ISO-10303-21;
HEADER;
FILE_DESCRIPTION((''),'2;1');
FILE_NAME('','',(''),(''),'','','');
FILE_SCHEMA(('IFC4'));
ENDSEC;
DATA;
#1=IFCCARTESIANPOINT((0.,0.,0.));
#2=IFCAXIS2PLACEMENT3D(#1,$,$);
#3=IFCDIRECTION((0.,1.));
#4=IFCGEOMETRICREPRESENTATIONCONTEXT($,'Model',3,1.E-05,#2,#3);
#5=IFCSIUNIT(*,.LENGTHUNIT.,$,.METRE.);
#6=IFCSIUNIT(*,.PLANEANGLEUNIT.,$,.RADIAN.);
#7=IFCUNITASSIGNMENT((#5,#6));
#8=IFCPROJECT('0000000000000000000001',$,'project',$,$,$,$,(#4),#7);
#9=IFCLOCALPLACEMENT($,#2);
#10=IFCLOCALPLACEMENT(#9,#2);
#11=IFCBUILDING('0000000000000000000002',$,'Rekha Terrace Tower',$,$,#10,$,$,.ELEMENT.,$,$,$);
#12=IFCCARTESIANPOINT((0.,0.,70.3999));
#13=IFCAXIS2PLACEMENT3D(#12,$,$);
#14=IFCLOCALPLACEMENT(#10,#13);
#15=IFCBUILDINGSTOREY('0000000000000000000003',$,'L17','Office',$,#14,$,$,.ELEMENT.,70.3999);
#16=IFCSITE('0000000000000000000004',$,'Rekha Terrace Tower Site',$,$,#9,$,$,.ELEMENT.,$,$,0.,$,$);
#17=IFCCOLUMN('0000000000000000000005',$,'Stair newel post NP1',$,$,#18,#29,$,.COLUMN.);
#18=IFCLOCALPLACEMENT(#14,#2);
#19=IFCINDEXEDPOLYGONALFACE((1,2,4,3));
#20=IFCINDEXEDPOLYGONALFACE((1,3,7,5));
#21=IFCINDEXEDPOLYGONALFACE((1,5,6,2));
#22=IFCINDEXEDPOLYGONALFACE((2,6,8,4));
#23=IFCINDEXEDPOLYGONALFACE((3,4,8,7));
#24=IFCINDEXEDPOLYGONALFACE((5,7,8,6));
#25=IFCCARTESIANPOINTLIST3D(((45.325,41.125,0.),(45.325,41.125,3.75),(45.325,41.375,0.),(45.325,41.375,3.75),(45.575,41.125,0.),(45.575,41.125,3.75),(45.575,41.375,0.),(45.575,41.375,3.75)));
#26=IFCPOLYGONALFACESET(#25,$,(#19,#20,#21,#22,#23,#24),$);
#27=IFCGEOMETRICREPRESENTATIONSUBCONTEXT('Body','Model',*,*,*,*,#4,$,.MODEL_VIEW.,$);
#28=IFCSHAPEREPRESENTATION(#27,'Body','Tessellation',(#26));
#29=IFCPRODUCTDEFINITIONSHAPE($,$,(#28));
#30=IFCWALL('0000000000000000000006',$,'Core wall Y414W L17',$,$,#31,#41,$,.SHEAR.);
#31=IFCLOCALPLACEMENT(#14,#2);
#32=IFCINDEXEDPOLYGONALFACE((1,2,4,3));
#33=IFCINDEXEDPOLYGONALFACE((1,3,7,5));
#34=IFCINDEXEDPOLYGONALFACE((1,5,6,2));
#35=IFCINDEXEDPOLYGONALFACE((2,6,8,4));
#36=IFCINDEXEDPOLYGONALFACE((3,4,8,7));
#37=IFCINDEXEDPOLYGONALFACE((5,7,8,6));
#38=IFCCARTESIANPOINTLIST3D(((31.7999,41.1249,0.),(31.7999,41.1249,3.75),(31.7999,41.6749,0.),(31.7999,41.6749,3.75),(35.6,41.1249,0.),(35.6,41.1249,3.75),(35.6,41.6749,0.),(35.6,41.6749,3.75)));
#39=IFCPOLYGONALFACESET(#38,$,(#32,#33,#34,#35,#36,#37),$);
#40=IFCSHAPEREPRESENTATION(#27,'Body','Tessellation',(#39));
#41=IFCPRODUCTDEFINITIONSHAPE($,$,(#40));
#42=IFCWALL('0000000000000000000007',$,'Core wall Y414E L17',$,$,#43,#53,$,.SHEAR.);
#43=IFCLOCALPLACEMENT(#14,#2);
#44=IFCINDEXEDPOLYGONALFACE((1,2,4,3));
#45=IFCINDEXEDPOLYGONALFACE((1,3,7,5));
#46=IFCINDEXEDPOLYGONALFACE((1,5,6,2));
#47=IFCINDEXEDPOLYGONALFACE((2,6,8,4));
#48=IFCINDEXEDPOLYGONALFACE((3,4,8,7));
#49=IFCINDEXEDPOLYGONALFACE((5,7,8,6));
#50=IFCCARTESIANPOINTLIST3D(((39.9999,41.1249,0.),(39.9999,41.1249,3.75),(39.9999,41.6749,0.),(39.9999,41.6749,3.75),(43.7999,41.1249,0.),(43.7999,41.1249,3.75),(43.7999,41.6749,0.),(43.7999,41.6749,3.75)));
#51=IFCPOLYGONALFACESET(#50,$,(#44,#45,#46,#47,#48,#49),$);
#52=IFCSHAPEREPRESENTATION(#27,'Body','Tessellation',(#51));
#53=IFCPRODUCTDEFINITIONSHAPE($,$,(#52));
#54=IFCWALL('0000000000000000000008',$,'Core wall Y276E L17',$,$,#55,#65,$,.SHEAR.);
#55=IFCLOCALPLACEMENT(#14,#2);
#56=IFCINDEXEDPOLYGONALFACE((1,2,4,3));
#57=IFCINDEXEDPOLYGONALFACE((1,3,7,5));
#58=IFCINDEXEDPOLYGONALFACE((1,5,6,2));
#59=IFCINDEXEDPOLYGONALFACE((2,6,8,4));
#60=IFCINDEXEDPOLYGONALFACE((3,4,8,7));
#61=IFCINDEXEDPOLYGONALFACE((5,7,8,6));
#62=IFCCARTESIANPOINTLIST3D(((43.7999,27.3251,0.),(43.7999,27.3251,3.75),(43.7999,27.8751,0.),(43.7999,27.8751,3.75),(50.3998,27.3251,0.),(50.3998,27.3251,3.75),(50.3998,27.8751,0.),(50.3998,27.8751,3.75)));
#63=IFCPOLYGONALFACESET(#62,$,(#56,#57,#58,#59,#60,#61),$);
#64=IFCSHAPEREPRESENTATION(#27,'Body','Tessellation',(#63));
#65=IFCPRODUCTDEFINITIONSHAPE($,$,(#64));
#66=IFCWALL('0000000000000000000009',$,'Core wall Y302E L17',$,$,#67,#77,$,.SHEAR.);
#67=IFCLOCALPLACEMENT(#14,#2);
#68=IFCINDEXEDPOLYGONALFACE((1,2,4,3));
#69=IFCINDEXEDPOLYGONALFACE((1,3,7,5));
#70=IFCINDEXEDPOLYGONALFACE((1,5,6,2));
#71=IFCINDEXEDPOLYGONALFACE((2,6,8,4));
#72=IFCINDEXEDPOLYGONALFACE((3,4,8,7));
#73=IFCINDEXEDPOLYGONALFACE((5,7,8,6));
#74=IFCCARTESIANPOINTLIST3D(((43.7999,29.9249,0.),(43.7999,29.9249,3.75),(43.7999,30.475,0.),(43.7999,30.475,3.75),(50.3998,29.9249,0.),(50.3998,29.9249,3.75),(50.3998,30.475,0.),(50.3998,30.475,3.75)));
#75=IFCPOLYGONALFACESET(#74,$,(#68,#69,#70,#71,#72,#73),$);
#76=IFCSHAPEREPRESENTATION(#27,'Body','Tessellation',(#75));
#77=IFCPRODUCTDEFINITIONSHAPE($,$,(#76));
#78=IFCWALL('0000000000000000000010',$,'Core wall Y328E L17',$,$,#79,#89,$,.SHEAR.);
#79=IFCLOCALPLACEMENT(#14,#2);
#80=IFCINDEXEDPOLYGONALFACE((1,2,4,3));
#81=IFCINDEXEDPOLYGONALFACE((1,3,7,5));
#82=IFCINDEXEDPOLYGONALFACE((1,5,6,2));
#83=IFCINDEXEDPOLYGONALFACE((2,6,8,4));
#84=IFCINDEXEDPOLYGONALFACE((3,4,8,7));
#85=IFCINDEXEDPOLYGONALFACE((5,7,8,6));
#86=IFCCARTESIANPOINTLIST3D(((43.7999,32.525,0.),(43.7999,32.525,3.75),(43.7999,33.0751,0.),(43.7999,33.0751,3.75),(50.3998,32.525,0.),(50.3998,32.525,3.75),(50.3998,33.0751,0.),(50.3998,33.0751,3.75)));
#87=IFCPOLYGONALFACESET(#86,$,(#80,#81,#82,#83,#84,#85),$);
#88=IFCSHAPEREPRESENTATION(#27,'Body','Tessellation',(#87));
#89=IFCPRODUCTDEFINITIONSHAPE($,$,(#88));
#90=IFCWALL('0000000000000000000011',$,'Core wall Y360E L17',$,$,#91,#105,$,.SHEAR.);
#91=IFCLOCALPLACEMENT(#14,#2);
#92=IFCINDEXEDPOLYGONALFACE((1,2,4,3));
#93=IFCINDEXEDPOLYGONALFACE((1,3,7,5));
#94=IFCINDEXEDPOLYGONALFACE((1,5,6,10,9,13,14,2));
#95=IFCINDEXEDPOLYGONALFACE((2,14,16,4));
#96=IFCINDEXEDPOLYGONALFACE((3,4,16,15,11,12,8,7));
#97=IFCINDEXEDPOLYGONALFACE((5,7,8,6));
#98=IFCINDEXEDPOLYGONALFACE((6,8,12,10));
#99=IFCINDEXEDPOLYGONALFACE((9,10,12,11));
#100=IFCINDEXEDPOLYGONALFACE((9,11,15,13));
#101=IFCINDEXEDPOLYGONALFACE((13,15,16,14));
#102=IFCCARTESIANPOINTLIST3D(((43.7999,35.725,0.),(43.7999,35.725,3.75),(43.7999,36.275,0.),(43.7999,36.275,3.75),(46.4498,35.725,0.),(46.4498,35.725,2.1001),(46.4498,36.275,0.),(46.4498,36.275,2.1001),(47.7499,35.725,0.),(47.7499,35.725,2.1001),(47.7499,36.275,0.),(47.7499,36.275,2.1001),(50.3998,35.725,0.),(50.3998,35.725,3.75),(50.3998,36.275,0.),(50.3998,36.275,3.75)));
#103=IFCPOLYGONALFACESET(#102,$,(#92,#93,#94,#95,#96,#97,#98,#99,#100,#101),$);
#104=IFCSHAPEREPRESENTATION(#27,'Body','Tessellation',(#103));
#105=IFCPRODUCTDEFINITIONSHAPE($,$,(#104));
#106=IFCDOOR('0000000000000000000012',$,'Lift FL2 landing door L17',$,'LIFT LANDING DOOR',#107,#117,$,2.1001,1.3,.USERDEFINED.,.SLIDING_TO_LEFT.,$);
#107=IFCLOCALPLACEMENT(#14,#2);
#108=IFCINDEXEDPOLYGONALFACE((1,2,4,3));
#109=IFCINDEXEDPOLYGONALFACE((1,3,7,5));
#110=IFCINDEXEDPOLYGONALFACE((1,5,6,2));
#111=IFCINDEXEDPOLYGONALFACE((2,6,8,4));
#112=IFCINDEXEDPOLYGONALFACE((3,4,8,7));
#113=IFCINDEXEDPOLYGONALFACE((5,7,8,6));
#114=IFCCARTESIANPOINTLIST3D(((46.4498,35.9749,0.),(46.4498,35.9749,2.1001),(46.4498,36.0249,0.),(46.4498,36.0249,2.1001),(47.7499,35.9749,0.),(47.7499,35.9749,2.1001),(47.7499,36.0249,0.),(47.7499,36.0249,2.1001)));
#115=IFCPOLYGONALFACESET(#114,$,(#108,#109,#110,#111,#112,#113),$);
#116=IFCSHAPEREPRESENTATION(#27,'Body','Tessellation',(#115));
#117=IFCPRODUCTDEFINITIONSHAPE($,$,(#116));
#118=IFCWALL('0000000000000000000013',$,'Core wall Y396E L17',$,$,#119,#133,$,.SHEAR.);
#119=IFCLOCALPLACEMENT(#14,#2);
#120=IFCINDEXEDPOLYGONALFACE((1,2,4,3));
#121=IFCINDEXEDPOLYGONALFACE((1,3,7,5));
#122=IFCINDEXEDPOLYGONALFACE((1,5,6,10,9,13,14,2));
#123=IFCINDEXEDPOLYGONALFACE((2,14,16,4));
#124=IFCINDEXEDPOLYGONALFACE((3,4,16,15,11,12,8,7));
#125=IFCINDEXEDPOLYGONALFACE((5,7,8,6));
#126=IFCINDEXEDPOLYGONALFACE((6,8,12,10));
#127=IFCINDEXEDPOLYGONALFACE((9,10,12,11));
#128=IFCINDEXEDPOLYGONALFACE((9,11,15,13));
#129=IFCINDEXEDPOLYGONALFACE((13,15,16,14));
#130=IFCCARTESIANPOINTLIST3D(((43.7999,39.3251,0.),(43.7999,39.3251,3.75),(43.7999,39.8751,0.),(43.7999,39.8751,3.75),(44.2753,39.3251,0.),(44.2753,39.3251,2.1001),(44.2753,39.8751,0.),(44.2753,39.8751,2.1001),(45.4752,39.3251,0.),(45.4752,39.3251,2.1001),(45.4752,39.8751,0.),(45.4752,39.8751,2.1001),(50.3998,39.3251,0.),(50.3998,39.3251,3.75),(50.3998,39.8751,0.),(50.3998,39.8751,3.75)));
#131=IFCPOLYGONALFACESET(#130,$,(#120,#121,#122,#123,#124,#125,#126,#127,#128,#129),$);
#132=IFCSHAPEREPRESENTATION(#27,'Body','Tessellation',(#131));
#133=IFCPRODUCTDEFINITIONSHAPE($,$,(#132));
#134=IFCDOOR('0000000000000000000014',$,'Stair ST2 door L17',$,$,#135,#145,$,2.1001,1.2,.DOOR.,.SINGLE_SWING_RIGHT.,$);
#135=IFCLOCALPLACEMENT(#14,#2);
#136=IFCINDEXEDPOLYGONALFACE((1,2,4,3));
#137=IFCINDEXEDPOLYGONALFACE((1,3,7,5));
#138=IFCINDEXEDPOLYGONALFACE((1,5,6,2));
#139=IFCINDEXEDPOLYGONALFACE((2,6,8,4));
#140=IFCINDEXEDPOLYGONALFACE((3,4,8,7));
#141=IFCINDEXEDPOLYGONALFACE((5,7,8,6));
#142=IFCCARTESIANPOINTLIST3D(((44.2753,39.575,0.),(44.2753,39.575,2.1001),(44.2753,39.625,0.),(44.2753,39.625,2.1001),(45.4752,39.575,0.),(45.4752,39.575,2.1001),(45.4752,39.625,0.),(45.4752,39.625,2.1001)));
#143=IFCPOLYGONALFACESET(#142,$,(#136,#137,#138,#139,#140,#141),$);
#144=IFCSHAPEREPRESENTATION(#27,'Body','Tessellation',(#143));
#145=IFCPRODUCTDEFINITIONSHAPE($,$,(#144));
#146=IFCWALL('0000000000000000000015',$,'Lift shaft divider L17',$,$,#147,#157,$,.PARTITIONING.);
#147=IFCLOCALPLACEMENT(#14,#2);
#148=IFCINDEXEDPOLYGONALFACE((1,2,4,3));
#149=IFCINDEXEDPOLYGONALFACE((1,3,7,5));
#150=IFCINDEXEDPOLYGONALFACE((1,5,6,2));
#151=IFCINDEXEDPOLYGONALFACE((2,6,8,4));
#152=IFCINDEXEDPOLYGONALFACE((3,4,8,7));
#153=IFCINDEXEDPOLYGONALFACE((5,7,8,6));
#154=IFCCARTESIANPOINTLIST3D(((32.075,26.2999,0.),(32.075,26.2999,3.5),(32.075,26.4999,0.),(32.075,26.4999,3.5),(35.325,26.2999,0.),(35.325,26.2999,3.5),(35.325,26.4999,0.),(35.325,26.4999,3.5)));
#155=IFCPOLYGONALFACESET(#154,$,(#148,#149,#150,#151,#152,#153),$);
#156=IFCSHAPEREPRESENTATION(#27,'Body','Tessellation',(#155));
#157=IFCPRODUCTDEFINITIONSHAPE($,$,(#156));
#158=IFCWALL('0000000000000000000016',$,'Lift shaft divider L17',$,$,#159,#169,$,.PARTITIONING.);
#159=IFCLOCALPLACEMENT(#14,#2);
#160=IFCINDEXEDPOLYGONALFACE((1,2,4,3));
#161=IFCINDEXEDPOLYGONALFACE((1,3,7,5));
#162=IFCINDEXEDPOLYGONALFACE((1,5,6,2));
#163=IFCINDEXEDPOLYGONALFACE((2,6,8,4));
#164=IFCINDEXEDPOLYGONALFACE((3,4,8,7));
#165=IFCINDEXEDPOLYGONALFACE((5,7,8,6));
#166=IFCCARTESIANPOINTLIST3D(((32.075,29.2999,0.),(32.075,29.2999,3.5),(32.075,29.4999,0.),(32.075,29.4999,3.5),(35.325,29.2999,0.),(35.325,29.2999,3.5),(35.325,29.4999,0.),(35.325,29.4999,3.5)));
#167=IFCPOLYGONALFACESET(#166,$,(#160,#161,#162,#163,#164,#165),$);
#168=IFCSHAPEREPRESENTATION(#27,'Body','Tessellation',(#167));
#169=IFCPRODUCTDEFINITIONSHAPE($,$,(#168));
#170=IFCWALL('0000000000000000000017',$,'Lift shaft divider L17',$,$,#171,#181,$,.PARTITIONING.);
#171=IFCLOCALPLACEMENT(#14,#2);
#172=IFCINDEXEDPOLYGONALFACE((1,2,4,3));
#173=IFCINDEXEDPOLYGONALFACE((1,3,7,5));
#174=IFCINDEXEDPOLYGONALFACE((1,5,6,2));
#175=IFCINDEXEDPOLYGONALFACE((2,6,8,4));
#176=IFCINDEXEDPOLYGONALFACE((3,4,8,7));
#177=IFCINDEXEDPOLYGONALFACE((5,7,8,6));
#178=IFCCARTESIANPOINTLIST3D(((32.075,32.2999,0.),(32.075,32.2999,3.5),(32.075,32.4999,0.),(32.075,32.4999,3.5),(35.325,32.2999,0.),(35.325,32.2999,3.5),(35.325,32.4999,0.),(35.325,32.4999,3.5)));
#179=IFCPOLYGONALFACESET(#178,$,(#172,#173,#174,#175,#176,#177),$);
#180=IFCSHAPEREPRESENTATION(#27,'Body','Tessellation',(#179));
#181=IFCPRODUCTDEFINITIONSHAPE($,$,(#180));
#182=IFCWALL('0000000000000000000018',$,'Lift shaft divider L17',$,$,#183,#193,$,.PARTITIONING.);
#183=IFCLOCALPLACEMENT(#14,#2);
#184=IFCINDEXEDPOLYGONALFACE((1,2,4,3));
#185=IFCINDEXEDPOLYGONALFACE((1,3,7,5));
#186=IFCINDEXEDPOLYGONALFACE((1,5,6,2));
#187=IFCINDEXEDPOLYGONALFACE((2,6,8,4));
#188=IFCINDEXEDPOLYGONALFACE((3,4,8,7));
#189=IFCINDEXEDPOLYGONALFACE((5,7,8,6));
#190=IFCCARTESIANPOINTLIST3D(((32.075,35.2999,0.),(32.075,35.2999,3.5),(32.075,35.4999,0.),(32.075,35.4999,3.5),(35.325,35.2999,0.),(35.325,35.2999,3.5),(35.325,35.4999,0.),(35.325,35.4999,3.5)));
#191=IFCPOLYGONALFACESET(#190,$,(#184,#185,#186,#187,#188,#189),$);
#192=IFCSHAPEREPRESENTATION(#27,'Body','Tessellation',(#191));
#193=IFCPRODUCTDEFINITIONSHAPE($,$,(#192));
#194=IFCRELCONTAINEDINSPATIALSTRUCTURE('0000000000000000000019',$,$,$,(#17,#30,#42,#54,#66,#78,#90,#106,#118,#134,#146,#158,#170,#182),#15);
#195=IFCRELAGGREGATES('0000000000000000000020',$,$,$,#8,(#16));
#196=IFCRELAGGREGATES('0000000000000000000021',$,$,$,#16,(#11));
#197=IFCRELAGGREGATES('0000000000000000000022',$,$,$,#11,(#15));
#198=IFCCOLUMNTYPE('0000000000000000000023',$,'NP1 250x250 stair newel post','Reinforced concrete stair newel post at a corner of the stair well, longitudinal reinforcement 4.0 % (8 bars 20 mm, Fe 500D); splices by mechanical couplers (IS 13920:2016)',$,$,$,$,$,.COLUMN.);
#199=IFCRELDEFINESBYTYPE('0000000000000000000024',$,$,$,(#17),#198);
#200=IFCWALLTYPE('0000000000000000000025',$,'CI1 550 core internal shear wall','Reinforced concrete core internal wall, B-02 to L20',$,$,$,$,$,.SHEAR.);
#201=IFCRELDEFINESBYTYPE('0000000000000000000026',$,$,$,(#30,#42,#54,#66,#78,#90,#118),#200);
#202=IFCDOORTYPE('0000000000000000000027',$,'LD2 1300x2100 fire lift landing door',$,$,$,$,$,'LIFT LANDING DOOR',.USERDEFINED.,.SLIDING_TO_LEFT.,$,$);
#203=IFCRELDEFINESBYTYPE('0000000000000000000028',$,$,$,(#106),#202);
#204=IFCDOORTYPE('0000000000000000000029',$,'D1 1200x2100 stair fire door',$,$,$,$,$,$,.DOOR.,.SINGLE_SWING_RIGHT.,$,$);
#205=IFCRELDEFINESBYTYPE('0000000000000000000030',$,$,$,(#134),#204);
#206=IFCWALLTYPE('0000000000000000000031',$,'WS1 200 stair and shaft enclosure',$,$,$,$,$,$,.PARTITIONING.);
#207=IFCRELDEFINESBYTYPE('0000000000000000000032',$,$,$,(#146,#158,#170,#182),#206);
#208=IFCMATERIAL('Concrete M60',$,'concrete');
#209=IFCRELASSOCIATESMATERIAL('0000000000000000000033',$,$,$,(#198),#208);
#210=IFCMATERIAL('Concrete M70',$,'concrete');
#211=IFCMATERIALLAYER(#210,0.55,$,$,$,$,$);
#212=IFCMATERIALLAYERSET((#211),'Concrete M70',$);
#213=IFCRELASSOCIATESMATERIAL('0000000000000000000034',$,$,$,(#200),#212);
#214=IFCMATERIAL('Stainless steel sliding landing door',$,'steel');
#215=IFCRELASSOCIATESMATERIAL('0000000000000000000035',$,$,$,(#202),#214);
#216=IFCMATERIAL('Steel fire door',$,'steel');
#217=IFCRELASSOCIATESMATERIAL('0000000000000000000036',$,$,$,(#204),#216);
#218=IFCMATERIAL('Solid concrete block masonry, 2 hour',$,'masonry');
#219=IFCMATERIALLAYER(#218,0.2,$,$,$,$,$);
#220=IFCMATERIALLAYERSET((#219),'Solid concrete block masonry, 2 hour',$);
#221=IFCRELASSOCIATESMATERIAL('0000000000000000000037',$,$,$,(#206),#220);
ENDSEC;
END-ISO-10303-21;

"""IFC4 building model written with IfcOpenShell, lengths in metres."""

from ifc_helpers import new_model, si_unit, direction, frame, frame_2d, origin, origin_2d, place, context, subcontext, project, spatial, rectangle, extrude, material, layer, layer_set, material_profile, profile_set, type_object, element, fill, save


model = new_model("IFC4")

# Units and contexts
model_context = context("Model", 3, precision=1e-05, world=origin(), true_north=direction((0.0, 1.0)))
body_context = subcontext(model_context, "Body", "Model", "MODEL_VIEW")
ifc_project = project(units=[si_unit("LENGTHUNIT", "METRE"), si_unit("PLANEANGLEUNIT", "RADIAN")], contexts=[model_context])

# Site, building, storey
site_placement = place(None, origin())
site = spatial("IfcSite", under=ifc_project, at=site_placement, Name="Rekha Terrace Tower Site", CompositionType="ELEMENT", RefElevation=0.0)
building_placement = place(site_placement, origin())
building = spatial("IfcBuilding", under=site, at=building_placement, Name="Rekha Terrace Tower", CompositionType="ELEMENT")
storey_placement = place(building_placement, frame((0.0, 0.0, 70.3999)))
storey = spatial("IfcBuildingStorey", under=building, at=storey_placement, Name="L17", Description="Office", CompositionType="ELEMENT", Elevation=70.3999)

# Column
ifc_material_1 = material(Name="Concrete M60", Category="concrete")
ifc_material_profile = material_profile(ifc_material_1, rectangle(XDim=0.25, YDim=0.25, at=origin_2d()), Name="RC 250x250")
ifc_profile_set = profile_set([ifc_material_profile], Name="Concrete M60")
column_type = type_object("IfcColumnType", Name="NP1 250x250 stair newel post", Description="Reinforced concrete stair newel post at a corner of the stair well, longitudinal reinforcement 4.0 % (8 bars 20 mm, Fe 500D); splices by mechanical couplers (IS 13920:2016)", PredefinedType="COLUMN", material=ifc_profile_set)
column_placement = place(storey_placement, frame((45.45, 41.25, 0.0), z_axis=(0.0, 0.0, 1.0), x_axis=(1.0, 0.0, 0.0)))
element("IfcColumn", 1, at=column_placement, inside=storey, type_object=column_type, Name="Stair newel post NP1", PredefinedType="COLUMN", context=body_context, shape_type="SweptSolid", body=[
    extrude(rectangle(XDim=0.25, YDim=0.25, at=origin_2d()), origin(), (0.0, 0.0, 1.0), 3.75),
])

# Walls
ifc_material_2 = material(Name="Concrete M70", Category="concrete")
ifc_layer_1 = layer(ifc_material_2, 0.55)
ifc_layer_set_1 = layer_set([ifc_layer_1], Name="Concrete M70")
wall_type_1 = type_object("IfcWallType", Name="CI1 550 core internal shear wall", Description="Reinforced concrete core internal wall, B-02 to L20", PredefinedType="SHEAR", material=ifc_layer_set_1)
for number, where, z_axis, x_axis, name in (
    (2, (31.8, 41.3999, 0.0), (0.0, 0.0, 1.0), (1.0, 0.0, 0.0), "Core wall Y414W L17"),
    (3, (40.0, 41.3999, 0.0), (0.0, 0.0, 1.0), (1.0, 0.0, 0.0), "Core wall Y414E L17"),
):
    element("IfcWall", number, at=place(storey_placement, frame(where, z_axis=z_axis, x_axis=x_axis)), inside=storey, type_object=wall_type_1, Name=name, PredefinedType="SHEAR", context=body_context, shape_type="SweptSolid", body=[
        extrude(rectangle(XDim=3.8, YDim=0.55, at=frame_2d((1.8999, 0.0))), origin(), (0.0, 0.0, 1.0), 3.75),
    ])
for number, where, z_axis, x_axis, name in (
    (4, (43.8, 27.6001, 0.0), (0.0, 0.0, 1.0), (1.0, 0.0, 0.0), "Core wall Y276E L17"),
    (5, (43.8, 30.2, 0.0), (0.0, 0.0, 1.0), (1.0, 0.0, 0.0), "Core wall Y302E L17"),
    (6, (43.8, 32.8, 0.0), (0.0, 0.0, 1.0), (1.0, 0.0, 0.0), "Core wall Y328E L17"),
):
    element("IfcWall", number, at=place(storey_placement, frame(where, z_axis=z_axis, x_axis=x_axis)), inside=storey, type_object=wall_type_1, Name=name, PredefinedType="SHEAR", context=body_context, shape_type="SweptSolid", body=[
        extrude(rectangle(XDim=6.5999, YDim=0.55, at=frame_2d((3.2998, 0.0))), origin(), (0.0, 0.0, 1.0), 3.75),
    ])

# Walls, openings, doors
wall_1_placement = place(storey_placement, frame((43.8, 36.0, 0.0), z_axis=(0.0, 0.0, 1.0), x_axis=(1.0, 0.0, 0.0)))
wall_1 = element("IfcWall", 7, at=wall_1_placement, inside=storey, type_object=wall_type_1, Name="Core wall Y360E L17", PredefinedType="SHEAR", context=body_context, shape_type="SweptSolid", body=[
    extrude(rectangle(XDim=6.5999, YDim=0.55, at=frame_2d((3.2998, 0.0))), origin(), (0.0, 0.0, 1.0), 3.75),
])
opening_1_placement = place(wall_1_placement, frame((2.6499, 0.0, 0.0)))
opening_1 = element("IfcOpeningElement", 8, at=opening_1_placement, cuts=wall_1, PredefinedType="OPENING", context=body_context, shape_type="SweptSolid", body=[
    extrude(rectangle(XDim=1.3, YDim=2.1001, at=frame_2d((0.6499, 1.05))), frame((0.0, 0.2849, 0.0), z_axis=(0.0, -1.0, 0.0), x_axis=(1.0, 0.0, 0.0)), (0.0, 0.0, 1.0), 0.5701),
])
ifc_material_3 = material(Name="Stainless steel sliding landing door", Category="steel")
door_type_1 = type_object("IfcDoorType", Name="LD2 1300x2100 fire lift landing door", ElementType="LIFT LANDING DOOR", OperationType="SLIDING_TO_LEFT", PredefinedType="USERDEFINED", material=ifc_material_3)
door_1_placement = place(opening_1_placement, origin())
door_1 = element("IfcDoor", 9, at=door_1_placement, inside=storey, type_object=door_type_1, Name="Lift FL2 landing door L17", ObjectType="LIFT LANDING DOOR", OperationType="SLIDING_TO_LEFT", OverallHeight=2.1001, OverallWidth=1.3, PredefinedType="USERDEFINED", context=body_context, shape_type="SweptSolid", body=[
    extrude(rectangle(XDim=1.3, YDim=2.1001, at=frame_2d((0.6499, 1.05))), frame((0.0, 0.0249, 0.0), z_axis=(0.0, -1.0, 0.0), x_axis=(1.0, 0.0, 0.0)), (0.0, 0.0, 1.0), 0.05),
])
fill(opening_1, door_1)
wall_2_placement = place(storey_placement, frame((43.8, 39.6001, 0.0), z_axis=(0.0, 0.0, 1.0), x_axis=(1.0, 0.0, 0.0)))
wall_2 = element("IfcWall", 10, at=wall_2_placement, inside=storey, type_object=wall_type_1, Name="Core wall Y396E L17", PredefinedType="SHEAR", context=body_context, shape_type="SweptSolid", body=[
    extrude(rectangle(XDim=6.5999, YDim=0.55, at=frame_2d((3.2998, 0.0))), origin(), (0.0, 0.0, 1.0), 3.75),
])
opening_2_placement = place(wall_2_placement, frame((0.4751, 0.0, 0.0)))
opening_2 = element("IfcOpeningElement", 11, at=opening_2_placement, cuts=wall_2, PredefinedType="OPENING", context=body_context, shape_type="SweptSolid", body=[
    extrude(rectangle(XDim=1.2, YDim=2.1001, at=frame_2d((0.6001, 1.05))), frame((0.0, 0.2849, 0.0), z_axis=(0.0, -1.0, 0.0), x_axis=(1.0, 0.0, 0.0)), (0.0, 0.0, 1.0), 0.5701),
])
ifc_material_4 = material(Name="Steel fire door", Category="steel")
door_type_2 = type_object("IfcDoorType", Name="D1 1200x2100 stair fire door", OperationType="SINGLE_SWING_RIGHT", PredefinedType="DOOR", material=ifc_material_4)
door_2_placement = place(opening_2_placement, origin())
door_2 = element("IfcDoor", 12, at=door_2_placement, inside=storey, type_object=door_type_2, Name="Stair ST2 door L17", OperationType="SINGLE_SWING_RIGHT", OverallHeight=2.1001, OverallWidth=1.2, PredefinedType="DOOR", context=body_context, shape_type="SweptSolid", body=[
    extrude(rectangle(XDim=1.2, YDim=2.1001, at=frame_2d((0.6001, 1.05))), frame((0.0, 0.0249, 0.0), z_axis=(0.0, -1.0, 0.0), x_axis=(1.0, 0.0, 0.0)), (0.0, 0.0, 1.0), 0.05),
])
fill(opening_2, door_2)

# Walls
ifc_material_5 = material(Name="Solid concrete block masonry, 2 hour", Category="masonry")
ifc_layer_2 = layer(ifc_material_5, 0.2)
ifc_layer_set_2 = layer_set([ifc_layer_2], Name="Solid concrete block masonry, 2 hour")
wall_type_2 = type_object("IfcWallType", Name="WS1 200 stair and shaft enclosure", PredefinedType="PARTITIONING", material=ifc_layer_set_2)
for number, where, z_axis, x_axis, name in (
    (13, (32.075, 26.3999, 0.0), (0.0, 0.0, 1.0), (1.0, 0.0, 0.0), "Lift shaft divider L17"),
    (14, (32.075, 29.3999, 0.0), (0.0, 0.0, 1.0), (1.0, 0.0, 0.0), "Lift shaft divider L17"),
    (15, (32.075, 32.3999, 0.0), (0.0, 0.0, 1.0), (1.0, 0.0, 0.0), "Lift shaft divider L17"),
    (16, (32.075, 35.3999, 0.0), (0.0, 0.0, 1.0), (1.0, 0.0, 0.0), "Lift shaft divider L17"),
):
    element("IfcWall", number, at=place(storey_placement, frame(where, z_axis=z_axis, x_axis=x_axis)), inside=storey, type_object=wall_type_2, Name=name, PredefinedType="PARTITIONING", context=body_context, shape_type="SweptSolid", body=[
        extrude(rectangle(XDim=3.25, YDim=0.2, at=frame_2d((1.625, 0.0))), origin(), (0.0, 0.0, 1.0), 3.5),
    ])

save(model, "model.ifc")
